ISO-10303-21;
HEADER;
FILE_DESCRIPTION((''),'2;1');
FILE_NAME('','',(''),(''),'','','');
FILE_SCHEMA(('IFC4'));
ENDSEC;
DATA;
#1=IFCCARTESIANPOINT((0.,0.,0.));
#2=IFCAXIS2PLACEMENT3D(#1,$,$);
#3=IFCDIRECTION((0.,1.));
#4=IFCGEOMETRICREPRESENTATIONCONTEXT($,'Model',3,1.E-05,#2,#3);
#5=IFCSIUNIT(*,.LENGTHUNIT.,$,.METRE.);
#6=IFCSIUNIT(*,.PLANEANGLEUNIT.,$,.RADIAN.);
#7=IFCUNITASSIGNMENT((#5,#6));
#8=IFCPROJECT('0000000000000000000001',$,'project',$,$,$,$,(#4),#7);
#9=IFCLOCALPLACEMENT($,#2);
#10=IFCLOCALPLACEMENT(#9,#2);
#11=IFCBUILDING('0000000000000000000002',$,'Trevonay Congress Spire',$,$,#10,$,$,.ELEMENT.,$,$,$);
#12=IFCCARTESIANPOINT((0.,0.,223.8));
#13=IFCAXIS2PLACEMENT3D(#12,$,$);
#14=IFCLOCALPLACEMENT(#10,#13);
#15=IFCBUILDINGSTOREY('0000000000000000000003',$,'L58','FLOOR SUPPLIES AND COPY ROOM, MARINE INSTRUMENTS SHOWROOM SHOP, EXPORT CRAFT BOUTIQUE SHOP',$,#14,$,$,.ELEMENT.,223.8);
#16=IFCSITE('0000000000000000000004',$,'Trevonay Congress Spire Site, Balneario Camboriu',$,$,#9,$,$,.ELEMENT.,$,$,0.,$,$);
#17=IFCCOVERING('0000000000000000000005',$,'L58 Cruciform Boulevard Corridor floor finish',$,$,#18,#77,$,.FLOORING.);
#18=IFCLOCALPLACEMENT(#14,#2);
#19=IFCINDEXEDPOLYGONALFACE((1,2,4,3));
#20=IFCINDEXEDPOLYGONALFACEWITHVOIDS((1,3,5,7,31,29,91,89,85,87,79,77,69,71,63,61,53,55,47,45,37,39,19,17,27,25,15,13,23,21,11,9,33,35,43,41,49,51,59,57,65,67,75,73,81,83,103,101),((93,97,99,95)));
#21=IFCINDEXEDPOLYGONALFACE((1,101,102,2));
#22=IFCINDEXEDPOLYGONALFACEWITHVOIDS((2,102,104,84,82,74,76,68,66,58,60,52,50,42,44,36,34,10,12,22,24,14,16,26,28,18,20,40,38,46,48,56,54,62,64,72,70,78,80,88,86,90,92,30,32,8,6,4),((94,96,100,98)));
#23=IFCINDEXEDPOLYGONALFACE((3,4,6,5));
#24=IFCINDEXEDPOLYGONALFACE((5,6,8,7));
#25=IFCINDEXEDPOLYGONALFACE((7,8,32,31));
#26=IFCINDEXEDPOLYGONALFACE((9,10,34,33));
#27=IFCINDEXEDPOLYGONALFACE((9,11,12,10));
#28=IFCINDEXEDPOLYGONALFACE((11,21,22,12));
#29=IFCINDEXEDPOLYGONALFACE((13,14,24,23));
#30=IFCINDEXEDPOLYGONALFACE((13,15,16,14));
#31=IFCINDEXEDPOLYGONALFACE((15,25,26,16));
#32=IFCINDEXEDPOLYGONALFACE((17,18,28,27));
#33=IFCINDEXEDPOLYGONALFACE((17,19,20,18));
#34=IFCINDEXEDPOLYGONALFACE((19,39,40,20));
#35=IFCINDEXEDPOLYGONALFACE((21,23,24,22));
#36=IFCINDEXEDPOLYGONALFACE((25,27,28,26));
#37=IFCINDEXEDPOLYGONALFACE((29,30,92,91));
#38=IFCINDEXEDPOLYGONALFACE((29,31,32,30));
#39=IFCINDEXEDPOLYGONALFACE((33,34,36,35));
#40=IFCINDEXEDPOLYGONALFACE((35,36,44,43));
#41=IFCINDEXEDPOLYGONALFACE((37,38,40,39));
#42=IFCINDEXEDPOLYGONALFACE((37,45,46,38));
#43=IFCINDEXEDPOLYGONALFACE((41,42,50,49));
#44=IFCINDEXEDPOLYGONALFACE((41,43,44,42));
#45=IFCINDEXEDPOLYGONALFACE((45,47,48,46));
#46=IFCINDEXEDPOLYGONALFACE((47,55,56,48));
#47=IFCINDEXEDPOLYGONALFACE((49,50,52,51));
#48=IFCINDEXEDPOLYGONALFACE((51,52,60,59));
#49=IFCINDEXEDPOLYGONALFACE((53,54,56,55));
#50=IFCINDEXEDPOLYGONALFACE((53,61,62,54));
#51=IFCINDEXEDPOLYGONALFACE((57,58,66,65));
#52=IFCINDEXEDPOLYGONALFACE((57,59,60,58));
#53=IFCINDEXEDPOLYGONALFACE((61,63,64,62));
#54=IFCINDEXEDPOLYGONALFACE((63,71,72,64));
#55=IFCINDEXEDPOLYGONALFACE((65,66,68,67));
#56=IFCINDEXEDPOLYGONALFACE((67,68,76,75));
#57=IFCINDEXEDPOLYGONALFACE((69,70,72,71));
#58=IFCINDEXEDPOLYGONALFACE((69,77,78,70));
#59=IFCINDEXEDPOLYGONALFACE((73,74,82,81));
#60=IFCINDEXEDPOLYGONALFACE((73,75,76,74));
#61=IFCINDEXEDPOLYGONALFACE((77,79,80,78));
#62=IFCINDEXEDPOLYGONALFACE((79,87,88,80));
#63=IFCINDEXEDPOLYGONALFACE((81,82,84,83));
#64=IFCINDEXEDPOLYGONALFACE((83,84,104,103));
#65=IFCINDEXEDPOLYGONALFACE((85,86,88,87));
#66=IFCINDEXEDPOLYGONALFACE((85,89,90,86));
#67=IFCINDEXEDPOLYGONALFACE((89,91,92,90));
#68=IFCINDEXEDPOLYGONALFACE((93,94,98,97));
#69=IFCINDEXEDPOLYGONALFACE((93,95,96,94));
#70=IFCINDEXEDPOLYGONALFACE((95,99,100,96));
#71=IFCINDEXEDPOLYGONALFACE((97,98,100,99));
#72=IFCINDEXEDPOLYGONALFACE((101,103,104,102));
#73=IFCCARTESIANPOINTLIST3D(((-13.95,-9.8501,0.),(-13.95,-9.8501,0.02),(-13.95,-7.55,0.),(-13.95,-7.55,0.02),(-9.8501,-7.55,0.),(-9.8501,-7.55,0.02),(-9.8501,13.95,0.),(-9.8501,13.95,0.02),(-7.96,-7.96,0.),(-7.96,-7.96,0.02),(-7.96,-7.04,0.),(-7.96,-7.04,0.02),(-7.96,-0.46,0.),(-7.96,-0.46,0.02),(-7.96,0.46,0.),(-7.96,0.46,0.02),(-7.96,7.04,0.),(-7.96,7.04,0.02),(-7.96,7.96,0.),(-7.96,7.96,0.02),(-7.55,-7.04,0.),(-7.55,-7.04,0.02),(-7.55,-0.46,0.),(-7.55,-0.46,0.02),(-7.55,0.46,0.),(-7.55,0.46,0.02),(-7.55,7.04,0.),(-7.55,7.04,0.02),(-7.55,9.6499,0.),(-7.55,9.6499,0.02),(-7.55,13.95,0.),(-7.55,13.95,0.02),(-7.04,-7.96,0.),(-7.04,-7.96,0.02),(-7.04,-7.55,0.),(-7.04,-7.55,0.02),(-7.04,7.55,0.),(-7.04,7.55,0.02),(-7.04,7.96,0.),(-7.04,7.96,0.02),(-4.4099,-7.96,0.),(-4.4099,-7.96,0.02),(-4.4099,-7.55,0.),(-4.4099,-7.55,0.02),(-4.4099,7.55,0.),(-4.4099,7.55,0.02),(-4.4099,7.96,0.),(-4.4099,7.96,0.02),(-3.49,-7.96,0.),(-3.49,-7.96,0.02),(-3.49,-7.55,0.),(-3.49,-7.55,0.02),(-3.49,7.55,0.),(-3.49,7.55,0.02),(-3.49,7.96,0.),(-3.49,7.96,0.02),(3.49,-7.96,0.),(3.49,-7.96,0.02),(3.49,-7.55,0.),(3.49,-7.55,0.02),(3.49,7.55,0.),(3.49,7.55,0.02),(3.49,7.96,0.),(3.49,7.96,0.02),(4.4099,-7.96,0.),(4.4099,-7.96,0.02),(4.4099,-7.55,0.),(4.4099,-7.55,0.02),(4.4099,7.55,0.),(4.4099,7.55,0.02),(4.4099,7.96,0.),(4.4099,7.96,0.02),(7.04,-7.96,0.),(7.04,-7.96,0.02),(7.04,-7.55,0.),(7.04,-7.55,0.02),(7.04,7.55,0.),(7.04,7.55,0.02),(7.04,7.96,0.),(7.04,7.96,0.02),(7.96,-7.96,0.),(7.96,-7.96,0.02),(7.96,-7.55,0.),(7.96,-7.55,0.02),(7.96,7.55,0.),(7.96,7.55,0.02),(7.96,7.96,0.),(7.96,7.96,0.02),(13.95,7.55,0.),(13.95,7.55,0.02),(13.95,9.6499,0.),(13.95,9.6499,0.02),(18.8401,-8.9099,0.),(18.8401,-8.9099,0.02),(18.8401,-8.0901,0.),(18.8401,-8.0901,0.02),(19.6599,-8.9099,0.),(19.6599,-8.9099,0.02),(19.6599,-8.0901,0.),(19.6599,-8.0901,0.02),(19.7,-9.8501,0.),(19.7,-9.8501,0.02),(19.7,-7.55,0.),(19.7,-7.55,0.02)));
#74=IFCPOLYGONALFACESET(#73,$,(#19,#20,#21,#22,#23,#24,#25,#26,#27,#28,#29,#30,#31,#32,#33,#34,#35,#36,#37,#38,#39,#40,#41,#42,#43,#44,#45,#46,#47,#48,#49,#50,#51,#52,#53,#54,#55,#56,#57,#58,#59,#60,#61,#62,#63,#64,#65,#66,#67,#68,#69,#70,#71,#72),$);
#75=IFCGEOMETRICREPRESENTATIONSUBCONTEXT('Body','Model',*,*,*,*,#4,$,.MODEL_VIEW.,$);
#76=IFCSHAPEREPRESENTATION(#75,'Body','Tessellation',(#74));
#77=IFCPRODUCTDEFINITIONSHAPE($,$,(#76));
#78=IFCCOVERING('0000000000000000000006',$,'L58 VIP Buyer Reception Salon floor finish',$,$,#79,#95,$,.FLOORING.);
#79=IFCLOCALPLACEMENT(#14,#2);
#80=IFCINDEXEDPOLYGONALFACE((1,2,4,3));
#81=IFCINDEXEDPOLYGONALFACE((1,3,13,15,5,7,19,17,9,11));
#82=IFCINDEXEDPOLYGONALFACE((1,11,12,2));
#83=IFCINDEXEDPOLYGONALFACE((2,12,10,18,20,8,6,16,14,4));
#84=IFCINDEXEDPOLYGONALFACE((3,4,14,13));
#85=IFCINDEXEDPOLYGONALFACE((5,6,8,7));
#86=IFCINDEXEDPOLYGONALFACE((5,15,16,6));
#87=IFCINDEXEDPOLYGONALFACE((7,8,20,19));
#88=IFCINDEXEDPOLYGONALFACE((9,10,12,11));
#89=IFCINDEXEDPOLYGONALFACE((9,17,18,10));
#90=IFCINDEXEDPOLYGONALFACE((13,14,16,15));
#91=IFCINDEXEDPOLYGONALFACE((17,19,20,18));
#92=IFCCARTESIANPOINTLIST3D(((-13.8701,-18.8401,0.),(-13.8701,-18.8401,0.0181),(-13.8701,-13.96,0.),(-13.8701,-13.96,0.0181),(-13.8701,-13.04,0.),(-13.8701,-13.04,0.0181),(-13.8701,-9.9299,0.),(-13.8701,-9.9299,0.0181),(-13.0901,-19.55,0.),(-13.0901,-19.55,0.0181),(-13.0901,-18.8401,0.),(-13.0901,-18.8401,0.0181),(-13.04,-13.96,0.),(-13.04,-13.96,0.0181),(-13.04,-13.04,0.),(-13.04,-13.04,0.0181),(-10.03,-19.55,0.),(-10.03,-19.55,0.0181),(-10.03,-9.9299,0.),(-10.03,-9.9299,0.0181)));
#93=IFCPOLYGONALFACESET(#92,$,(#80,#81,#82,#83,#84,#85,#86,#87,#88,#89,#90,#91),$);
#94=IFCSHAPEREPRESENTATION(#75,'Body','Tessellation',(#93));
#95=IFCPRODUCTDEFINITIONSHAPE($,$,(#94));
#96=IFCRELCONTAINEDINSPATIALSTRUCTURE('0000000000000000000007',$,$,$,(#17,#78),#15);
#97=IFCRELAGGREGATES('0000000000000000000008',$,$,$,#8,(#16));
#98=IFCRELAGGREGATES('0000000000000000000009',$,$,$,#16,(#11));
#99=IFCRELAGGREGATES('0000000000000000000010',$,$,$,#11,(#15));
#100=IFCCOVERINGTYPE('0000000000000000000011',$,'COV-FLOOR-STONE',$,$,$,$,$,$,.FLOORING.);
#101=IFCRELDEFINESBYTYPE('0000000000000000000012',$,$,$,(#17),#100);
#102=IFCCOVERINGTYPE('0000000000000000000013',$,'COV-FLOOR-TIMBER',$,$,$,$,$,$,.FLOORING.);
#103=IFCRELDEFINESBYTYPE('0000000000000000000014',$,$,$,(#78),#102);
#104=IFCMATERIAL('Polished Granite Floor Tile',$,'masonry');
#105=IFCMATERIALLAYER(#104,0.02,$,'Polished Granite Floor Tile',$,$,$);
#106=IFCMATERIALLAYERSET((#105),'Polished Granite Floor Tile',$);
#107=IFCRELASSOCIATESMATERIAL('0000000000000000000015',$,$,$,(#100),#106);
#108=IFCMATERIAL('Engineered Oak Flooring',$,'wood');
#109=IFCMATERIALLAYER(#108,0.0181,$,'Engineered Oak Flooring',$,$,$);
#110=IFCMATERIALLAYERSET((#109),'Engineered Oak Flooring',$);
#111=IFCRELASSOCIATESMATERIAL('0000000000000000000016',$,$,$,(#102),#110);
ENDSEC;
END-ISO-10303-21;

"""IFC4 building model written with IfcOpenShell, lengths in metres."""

from ifc_helpers import new_model, si_unit, direction, frame, origin, place, context, subcontext, project, spatial, polyline, outline, extrude, material, layer, layer_set, type_object, element, save


model = new_model("IFC4")

# Units and contexts
model_context = context("Model", 3, precision=1e-05, world=origin(), true_north=direction((0.0, 1.0)))
body_context = subcontext(model_context, "Body", "Model", "MODEL_VIEW")
ifc_project = project(units=[si_unit("LENGTHUNIT", "METRE"), si_unit("PLANEANGLEUNIT", "RADIAN")], contexts=[model_context])

# Site, building, storey
site_placement = place(None, origin())
site = spatial("IfcSite", under=ifc_project, at=site_placement, Name="Trevonay Congress Spire Site, Balneario Camboriu", CompositionType="ELEMENT", RefElevation=0.0)
building_placement = place(site_placement, origin())
building = spatial("IfcBuilding", under=site, at=building_placement, Name="Trevonay Congress Spire", CompositionType="ELEMENT")
storey_placement = place(building_placement, frame((0.0, 0.0, 223.8)))
storey = spatial("IfcBuildingStorey", under=building, at=storey_placement, Name="L58", Description="FLOOR SUPPLIES AND COPY ROOM, MARINE INSTRUMENTS SHOWROOM SHOP, EXPORT CRAFT BOUTIQUE SHOP", CompositionType="ELEMENT", Elevation=223.8)

# Coverings
ifc_material_1 = material(Name="Polished Granite Floor Tile", Category="masonry")
ifc_layer_1 = layer(ifc_material_1, 0.02, Name="Polished Granite Floor Tile")
ifc_layer_set_1 = layer_set([ifc_layer_1], Name="Polished Granite Floor Tile")
covering_type_1 = type_object("IfcCoveringType", Name="COV-FLOOR-STONE", PredefinedType="FLOORING", material=ifc_layer_set_1)
covering_1_placement = place(storey_placement, origin())
element("IfcCovering", 1, at=covering_1_placement, inside=storey, type_object=covering_type_1, Name="L58 Cruciform Boulevard Corridor floor finish", PredefinedType="FLOORING", context=body_context, shape_type="SweptSolid", body=[
    extrude(outline(polyline([(19.7, -7.55), (19.7, -9.8501), (-13.95, -9.8501), (-13.95, -7.55), (-9.8501, -7.55), (-9.8501, 13.95), (-7.55, 13.95), (-7.55, 9.6499), (13.95, 9.6499), (13.95, 7.55), (7.96, 7.55), (7.96, 7.96), (7.04, 7.96), (7.04, 7.55), (4.4099, 7.55), (4.4099, 7.96), (3.49, 7.96), (3.49, 7.55), (-3.49, 7.55), (-3.49, 7.96), (-4.4099, 7.96), (-4.4099, 7.55), (-7.04, 7.55), (-7.04, 7.96), (-7.96, 7.96), (-7.96, 7.04), (-7.55, 7.04), (-7.55, 0.46), (-7.96, 0.46), (-7.96, -0.46), (-7.55, -0.46), (-7.55, -7.04), (-7.96, -7.04), (-7.96, -7.96), (-7.04, -7.96), (-7.04, -7.55), (-4.4099, -7.55), (-4.4099, -7.96), (-3.49, -7.96), (-3.49, -7.55), (3.49, -7.55), (3.49, -7.96), (4.4099, -7.96), (4.4099, -7.55), (7.04, -7.55), (7.04, -7.96), (7.96, -7.96), (7.96, -7.55), (19.7, -7.55)]), holes=[polyline([(19.6599, -8.0901), (18.8401, -8.0901), (18.8401, -8.9099), (19.6599, -8.9099), (19.6599, -8.0901)])]), origin(), (0.0, 0.0, 1.0), 0.02),
])
ifc_material_2 = material(Name="Engineered Oak Flooring", Category="wood")
ifc_layer_2 = layer(ifc_material_2, 0.0181, Name="Engineered Oak Flooring")
ifc_layer_set_2 = layer_set([ifc_layer_2], Name="Engineered Oak Flooring")
covering_type_2 = type_object("IfcCoveringType", Name="COV-FLOOR-TIMBER", PredefinedType="FLOORING", material=ifc_layer_set_2)
covering_2_placement = place(storey_placement, origin())
element("IfcCovering", 2, at=covering_2_placement, inside=storey, type_object=covering_type_2, Name="L58 VIP Buyer Reception Salon floor finish", PredefinedType="FLOORING", context=body_context, shape_type="SweptSolid", body=[
    extrude(outline(polyline([(-13.8701, -9.9299), (-10.03, -9.9299), (-10.03, -19.55), (-13.0901, -19.55), (-13.0901, -18.8401), (-13.8701, -18.8401), (-13.8701, -13.96), (-13.04, -13.96), (-13.04, -13.04), (-13.8701, -13.04), (-13.8701, -9.9299)])), origin(), (0.0, 0.0, 1.0), 0.0181),
])

save(model, "model.ifc")
